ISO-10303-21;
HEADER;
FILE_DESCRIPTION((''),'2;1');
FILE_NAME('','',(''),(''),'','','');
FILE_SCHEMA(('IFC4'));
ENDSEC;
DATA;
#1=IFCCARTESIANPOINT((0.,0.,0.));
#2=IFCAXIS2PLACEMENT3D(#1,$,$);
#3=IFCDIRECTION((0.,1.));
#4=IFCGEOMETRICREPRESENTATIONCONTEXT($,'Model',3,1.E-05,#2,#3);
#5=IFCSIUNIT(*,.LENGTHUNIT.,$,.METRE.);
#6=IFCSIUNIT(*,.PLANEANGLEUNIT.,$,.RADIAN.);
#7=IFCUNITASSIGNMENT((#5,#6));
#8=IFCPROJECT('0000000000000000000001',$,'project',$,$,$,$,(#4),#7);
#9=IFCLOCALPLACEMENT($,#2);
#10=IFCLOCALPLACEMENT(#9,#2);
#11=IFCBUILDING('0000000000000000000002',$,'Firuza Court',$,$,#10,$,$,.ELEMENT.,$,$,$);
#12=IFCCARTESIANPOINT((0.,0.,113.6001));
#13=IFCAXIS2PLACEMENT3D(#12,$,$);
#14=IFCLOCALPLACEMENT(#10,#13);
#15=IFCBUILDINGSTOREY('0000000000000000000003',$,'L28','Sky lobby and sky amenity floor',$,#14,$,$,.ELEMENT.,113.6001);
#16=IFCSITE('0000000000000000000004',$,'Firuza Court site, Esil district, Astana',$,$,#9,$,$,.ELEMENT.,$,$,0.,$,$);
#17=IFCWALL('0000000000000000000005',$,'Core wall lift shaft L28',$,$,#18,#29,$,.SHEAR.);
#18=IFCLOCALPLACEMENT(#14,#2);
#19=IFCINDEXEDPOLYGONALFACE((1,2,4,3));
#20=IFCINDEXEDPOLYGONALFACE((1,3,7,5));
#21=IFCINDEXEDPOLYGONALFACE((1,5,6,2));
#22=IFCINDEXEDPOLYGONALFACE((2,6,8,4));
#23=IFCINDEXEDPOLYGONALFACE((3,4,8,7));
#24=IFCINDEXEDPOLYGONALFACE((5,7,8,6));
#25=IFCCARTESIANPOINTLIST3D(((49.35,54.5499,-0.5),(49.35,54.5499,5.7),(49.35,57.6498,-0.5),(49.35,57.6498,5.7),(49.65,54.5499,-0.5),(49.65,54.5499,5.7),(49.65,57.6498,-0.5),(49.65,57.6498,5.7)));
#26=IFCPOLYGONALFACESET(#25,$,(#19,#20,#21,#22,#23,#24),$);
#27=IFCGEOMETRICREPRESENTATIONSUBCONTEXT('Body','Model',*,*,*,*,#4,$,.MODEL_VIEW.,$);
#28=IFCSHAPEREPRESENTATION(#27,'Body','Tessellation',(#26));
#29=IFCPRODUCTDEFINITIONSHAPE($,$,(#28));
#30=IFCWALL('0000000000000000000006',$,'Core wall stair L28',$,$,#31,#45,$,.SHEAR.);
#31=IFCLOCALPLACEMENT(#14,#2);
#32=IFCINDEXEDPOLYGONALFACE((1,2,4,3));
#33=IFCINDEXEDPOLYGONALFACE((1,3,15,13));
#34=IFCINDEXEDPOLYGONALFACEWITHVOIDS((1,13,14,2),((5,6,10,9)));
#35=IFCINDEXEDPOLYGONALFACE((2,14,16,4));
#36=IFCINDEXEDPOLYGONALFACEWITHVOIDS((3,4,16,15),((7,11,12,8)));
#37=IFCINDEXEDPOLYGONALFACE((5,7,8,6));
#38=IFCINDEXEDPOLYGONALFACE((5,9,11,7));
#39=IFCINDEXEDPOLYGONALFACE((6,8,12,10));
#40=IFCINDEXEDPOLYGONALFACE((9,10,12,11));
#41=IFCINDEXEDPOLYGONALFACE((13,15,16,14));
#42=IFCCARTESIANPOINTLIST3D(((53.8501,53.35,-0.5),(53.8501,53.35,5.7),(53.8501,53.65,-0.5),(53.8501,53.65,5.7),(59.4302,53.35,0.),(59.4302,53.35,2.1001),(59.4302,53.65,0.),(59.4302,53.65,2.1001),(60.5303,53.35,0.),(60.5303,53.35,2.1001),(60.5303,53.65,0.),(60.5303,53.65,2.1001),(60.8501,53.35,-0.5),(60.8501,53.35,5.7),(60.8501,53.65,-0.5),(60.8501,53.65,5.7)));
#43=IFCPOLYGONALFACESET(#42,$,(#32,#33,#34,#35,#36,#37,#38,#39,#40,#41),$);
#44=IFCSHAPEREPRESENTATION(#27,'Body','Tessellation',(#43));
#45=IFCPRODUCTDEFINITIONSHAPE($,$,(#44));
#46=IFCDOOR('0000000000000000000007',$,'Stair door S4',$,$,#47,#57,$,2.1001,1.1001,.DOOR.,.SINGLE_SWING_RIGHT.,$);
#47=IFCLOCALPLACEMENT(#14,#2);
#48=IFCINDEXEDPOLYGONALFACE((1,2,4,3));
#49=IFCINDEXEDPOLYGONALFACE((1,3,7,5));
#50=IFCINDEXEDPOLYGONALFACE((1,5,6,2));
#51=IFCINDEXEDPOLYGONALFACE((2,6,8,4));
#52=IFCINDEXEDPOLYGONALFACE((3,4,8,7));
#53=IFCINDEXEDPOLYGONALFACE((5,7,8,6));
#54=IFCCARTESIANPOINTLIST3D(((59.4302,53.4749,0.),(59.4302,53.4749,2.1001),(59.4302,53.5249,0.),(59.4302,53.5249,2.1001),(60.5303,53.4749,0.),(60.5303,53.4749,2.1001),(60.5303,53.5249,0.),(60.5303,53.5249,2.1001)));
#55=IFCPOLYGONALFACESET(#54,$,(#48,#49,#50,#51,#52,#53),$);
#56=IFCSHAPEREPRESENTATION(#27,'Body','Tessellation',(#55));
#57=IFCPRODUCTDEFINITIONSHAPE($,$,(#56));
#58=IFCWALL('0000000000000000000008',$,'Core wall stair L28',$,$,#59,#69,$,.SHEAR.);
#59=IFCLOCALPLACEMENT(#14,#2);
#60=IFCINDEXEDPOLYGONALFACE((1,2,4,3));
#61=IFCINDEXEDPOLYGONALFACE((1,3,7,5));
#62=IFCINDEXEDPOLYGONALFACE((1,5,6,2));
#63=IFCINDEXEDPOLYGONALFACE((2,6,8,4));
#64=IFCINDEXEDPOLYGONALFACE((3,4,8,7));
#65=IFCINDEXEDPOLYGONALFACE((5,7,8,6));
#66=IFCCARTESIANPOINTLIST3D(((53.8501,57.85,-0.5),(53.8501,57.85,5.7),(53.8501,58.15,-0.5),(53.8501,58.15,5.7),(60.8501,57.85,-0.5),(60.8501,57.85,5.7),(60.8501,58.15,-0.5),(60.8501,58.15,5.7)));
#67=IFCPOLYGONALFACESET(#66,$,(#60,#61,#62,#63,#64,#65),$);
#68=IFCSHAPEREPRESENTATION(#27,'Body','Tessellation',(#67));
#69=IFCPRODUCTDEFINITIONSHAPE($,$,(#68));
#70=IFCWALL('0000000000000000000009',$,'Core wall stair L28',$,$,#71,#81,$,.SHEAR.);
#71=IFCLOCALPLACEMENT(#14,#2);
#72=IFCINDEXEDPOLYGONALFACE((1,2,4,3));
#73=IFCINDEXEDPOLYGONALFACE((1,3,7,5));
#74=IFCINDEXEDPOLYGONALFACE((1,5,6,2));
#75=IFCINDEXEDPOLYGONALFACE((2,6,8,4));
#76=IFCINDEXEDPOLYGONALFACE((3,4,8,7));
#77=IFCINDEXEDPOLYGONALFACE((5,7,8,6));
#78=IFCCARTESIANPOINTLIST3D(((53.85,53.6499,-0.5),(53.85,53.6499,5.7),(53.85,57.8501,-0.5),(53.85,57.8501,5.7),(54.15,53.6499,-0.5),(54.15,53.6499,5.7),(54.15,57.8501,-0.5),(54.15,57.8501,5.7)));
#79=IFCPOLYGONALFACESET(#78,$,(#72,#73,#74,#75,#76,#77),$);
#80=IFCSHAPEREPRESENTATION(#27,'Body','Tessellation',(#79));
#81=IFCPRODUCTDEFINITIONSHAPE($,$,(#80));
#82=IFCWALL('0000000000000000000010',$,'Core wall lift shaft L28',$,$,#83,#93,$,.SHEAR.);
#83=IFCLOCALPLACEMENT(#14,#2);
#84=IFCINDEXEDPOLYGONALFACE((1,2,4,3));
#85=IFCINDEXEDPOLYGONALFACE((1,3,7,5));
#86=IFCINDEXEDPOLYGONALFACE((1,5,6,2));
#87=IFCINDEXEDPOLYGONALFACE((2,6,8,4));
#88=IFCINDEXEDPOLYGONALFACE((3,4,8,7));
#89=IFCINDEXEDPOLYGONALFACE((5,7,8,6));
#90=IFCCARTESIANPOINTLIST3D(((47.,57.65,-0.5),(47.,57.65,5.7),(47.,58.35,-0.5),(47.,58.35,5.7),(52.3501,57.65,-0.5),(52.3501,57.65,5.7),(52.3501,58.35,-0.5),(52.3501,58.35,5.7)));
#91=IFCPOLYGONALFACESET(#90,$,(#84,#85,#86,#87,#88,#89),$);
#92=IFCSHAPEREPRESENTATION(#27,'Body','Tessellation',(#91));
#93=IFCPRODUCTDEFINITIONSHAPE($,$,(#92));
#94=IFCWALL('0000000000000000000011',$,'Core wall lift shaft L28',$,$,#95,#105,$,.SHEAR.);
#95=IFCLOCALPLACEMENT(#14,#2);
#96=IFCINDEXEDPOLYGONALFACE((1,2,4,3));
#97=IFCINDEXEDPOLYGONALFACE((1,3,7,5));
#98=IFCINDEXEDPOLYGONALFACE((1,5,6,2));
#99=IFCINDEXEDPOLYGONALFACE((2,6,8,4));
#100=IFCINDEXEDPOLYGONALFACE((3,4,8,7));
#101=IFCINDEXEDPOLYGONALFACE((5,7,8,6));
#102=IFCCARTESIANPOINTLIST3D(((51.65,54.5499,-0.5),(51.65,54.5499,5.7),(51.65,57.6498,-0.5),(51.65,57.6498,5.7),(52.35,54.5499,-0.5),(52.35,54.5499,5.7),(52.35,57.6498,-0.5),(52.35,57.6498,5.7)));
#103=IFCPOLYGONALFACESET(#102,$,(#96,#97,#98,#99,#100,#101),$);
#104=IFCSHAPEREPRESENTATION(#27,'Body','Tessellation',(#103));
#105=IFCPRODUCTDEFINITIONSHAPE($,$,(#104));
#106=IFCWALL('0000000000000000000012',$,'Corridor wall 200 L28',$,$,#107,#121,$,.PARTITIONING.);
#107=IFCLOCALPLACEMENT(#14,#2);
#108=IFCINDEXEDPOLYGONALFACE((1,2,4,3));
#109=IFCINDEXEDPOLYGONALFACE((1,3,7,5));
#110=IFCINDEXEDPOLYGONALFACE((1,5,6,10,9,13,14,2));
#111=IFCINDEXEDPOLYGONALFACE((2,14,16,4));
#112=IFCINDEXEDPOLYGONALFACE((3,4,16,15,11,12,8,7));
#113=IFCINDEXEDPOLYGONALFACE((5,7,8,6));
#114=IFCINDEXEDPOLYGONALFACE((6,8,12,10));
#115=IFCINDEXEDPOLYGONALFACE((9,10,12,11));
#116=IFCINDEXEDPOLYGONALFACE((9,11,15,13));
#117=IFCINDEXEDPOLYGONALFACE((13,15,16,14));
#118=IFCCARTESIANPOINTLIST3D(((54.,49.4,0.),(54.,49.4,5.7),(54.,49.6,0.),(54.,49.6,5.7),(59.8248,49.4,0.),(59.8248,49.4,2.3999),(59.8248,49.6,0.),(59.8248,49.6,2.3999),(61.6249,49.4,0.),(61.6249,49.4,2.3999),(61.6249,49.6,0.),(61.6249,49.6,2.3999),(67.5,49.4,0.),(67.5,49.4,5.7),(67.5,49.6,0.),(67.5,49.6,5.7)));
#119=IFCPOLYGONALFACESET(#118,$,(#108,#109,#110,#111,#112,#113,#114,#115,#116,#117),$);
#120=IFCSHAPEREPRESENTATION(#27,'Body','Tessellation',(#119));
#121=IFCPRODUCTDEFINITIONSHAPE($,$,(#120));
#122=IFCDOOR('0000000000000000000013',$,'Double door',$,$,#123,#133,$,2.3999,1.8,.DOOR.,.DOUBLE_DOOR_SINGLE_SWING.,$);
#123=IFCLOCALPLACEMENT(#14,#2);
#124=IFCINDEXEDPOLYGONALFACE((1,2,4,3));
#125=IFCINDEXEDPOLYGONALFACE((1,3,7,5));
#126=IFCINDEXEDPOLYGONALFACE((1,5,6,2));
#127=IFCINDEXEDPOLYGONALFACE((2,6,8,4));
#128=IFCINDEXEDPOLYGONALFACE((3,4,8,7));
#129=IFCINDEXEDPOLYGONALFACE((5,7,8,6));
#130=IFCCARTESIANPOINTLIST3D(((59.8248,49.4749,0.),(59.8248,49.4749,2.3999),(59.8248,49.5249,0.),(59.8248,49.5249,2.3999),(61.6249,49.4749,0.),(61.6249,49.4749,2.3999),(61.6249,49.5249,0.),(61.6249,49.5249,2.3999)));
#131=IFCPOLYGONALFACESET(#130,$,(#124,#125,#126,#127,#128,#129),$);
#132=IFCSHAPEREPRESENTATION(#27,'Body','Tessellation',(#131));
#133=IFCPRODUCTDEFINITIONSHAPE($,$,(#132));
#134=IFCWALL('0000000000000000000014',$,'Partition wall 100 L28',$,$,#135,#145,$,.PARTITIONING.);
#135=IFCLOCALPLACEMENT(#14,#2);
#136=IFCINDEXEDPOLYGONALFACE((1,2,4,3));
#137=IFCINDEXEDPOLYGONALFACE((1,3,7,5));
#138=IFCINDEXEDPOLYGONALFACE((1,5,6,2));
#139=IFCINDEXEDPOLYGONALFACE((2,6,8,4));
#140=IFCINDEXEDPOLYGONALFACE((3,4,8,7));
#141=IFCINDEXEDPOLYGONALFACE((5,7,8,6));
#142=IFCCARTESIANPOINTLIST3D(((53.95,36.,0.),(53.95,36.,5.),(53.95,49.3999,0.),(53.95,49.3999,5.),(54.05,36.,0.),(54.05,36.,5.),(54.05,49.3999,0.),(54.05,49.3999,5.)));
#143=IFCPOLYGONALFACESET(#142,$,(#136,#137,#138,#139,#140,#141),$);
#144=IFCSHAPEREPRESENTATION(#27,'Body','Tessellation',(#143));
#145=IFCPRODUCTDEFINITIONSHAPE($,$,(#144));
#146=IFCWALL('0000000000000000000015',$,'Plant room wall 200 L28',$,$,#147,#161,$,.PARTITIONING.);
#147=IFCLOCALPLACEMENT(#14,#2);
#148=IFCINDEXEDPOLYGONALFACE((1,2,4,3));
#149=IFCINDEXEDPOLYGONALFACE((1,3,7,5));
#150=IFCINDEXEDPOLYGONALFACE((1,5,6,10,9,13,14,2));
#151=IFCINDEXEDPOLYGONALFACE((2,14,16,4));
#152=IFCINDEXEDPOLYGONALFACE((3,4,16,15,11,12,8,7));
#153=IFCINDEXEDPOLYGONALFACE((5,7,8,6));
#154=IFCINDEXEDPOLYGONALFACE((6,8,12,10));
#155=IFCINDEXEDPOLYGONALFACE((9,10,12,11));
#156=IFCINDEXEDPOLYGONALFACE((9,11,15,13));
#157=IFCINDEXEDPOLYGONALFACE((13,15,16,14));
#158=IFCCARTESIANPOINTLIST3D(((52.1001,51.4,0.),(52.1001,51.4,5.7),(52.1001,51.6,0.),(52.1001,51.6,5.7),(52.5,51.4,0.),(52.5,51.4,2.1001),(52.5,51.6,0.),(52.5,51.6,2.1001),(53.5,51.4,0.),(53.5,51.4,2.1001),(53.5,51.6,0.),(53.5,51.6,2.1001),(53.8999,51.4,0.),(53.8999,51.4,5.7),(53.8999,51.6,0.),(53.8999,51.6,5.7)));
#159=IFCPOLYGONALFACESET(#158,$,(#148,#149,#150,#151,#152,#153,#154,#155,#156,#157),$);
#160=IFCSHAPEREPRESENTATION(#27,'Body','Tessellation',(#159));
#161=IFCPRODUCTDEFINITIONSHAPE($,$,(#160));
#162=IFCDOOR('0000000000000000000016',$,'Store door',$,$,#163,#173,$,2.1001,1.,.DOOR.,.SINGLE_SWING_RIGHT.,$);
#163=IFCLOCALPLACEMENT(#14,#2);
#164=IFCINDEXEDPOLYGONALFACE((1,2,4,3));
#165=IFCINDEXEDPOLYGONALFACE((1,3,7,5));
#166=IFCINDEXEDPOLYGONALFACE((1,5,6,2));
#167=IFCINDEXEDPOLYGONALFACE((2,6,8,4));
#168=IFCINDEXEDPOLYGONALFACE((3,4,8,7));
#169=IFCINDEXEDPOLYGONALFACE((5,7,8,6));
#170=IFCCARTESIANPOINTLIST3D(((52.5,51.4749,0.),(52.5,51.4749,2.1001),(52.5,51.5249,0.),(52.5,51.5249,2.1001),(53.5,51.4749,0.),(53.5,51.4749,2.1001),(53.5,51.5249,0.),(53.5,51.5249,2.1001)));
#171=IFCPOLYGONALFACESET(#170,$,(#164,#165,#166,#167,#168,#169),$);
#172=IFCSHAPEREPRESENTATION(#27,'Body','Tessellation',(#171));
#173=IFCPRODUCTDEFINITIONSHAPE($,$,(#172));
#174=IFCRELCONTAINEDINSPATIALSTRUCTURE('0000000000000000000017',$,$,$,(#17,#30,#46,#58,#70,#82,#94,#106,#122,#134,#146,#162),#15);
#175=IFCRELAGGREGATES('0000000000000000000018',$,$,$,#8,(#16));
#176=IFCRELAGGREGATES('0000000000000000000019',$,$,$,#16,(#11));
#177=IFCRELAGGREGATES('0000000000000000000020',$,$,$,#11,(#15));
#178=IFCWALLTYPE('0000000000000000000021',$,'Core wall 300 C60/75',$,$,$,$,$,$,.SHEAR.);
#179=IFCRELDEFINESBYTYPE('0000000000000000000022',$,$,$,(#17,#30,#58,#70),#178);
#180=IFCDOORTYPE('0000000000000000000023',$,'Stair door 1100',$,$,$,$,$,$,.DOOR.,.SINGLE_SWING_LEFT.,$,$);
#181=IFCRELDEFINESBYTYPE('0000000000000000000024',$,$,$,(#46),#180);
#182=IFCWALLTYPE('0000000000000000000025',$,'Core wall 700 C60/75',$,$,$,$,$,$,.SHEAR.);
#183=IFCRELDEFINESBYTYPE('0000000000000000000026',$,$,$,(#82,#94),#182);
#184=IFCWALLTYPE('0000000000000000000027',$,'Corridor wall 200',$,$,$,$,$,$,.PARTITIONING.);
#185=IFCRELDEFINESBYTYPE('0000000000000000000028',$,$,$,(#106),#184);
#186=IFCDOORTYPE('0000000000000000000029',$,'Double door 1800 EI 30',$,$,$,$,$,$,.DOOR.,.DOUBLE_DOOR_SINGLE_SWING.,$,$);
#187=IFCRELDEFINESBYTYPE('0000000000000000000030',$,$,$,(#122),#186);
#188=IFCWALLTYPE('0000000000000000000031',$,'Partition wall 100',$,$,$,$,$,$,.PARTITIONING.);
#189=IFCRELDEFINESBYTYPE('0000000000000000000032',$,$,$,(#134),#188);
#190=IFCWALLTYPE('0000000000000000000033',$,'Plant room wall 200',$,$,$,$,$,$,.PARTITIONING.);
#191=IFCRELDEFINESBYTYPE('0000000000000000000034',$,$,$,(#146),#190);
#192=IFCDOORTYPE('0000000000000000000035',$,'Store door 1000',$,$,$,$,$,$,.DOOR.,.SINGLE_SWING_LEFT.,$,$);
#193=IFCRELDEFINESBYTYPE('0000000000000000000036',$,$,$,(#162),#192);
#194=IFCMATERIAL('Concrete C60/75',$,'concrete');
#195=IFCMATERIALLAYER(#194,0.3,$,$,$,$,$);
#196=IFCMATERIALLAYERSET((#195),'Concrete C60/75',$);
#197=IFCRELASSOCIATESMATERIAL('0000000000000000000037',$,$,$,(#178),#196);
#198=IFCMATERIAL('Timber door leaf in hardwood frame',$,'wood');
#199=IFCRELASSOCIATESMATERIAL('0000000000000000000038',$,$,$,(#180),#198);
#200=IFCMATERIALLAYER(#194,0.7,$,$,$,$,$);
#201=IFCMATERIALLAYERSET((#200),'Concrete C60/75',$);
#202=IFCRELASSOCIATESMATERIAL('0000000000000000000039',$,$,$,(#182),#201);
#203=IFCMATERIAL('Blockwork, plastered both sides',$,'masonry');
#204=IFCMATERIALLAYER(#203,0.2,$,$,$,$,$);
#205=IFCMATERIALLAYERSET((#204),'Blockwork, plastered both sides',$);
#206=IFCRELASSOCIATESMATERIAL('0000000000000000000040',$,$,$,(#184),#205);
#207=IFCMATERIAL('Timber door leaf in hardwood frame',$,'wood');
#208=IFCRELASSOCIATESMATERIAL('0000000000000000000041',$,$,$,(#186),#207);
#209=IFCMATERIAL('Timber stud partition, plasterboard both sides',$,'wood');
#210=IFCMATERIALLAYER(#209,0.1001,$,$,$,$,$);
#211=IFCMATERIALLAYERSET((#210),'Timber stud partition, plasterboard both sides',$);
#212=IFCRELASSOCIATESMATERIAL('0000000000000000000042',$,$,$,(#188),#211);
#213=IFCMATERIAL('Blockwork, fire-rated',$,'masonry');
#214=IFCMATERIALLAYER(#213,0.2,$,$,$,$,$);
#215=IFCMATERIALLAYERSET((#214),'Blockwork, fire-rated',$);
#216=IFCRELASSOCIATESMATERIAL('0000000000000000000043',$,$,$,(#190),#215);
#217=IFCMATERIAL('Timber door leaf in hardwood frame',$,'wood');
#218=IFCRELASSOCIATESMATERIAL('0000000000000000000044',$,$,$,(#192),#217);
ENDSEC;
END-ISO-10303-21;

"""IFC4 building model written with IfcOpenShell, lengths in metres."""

from ifc_helpers import new_model, si_unit, direction, frame, frame_2d, origin, place, context, subcontext, project, spatial, rectangle, extrude, material, layer, layer_set, type_object, element, fill, save


model = new_model("IFC4")

# Units and contexts
model_context = context("Model", 3, precision=1e-05, world=origin(), true_north=direction((0.0, 1.0)))
body_context = subcontext(model_context, "Body", "Model", "MODEL_VIEW")
ifc_project = project(units=[si_unit("LENGTHUNIT", "METRE"), si_unit("PLANEANGLEUNIT", "RADIAN")], contexts=[model_context])

# Site, building, storey
site_placement = place(None, origin())
site = spatial("IfcSite", under=ifc_project, at=site_placement, Name="Firuza Court site, Esil district, Astana", CompositionType="ELEMENT", RefElevation=0.0)
building_placement = place(site_placement, origin())
building = spatial("IfcBuilding", under=site, at=building_placement, Name="Firuza Court", CompositionType="ELEMENT")
storey_placement = place(building_placement, frame((0.0, 0.0, 113.6001)))
storey = spatial("IfcBuildingStorey", under=building, at=storey_placement, Name="L28", Description="Sky lobby and sky amenity floor", CompositionType="ELEMENT", Elevation=113.6001)

# Wall
ifc_material_1 = material(Name="Concrete C60/75", Category="concrete")
ifc_layer_1 = layer(ifc_material_1, 0.3)
ifc_layer_set_1 = layer_set([ifc_layer_1], Name="Concrete C60/75")
wall_type_1 = type_object("IfcWallType", Name="Core wall 300 C60/75", PredefinedType="SHEAR", material=ifc_layer_set_1)
wall_1_placement = place(storey_placement, frame((49.5, 54.55, -0.5), z_axis=(0.0, 0.0, 1.0), x_axis=(0.0, 1.0, 0.0)))
element("IfcWall", 1, at=wall_1_placement, inside=storey, type_object=wall_type_1, Name="Core wall lift shaft L28", PredefinedType="SHEAR", context=body_context, shape_type="SweptSolid", body=[
    extrude(rectangle(XDim=3.0999, YDim=0.3, at=frame_2d((1.5498, 0.0))), origin(), (0.0, 0.0, 1.0), 6.2),
])

# Wall, opening, door
wall_2_placement = place(storey_placement, frame((53.8501, 53.5, -0.5), z_axis=(0.0, 0.0, 1.0), x_axis=(1.0, 0.0, 0.0)))
wall_2 = element("IfcWall", 2, at=wall_2_placement, inside=storey, type_object=wall_type_1, Name="Core wall stair L28", PredefinedType="SHEAR", context=body_context, shape_type="SweptSolid", body=[
    extrude(rectangle(XDim=7.0, YDim=0.3, at=frame_2d((3.5, 0.0))), origin(), (0.0, 0.0, 1.0), 6.2),
])
opening_1_placement = place(wall_2_placement, frame((5.5801, 0.0, 0.5)))
opening_1 = element("IfcOpeningElement", 3, at=opening_1_placement, cuts=wall_2, PredefinedType="OPENING", context=body_context, shape_type="SweptSolid", body=[
    extrude(rectangle(XDim=1.1001, YDim=2.1001, at=frame_2d((0.55, 1.05))), frame((0.0, 0.1621, 0.0), z_axis=(0.0, -1.0, 0.0), x_axis=(1.0, 0.0, 0.0)), (0.0, 0.0, 1.0), 0.324),
])
ifc_material_2 = material(Name="Timber door leaf in hardwood frame", Category="wood")
door_type_1 = type_object("IfcDoorType", Name="Stair door 1100", OperationType="SINGLE_SWING_LEFT", PredefinedType="DOOR", material=ifc_material_2)
door_1_placement = place(opening_1_placement, origin())
door_1 = element("IfcDoor", 4, at=door_1_placement, inside=storey, type_object=door_type_1, Name="Stair door S4", OperationType="SINGLE_SWING_RIGHT", OverallHeight=2.1001, OverallWidth=1.1001, PredefinedType="DOOR", context=body_context, shape_type="SweptSolid", body=[
    extrude(rectangle(XDim=1.1001, YDim=2.1001, at=frame_2d((0.55, 1.05))), frame((0.0, 0.0249, 0.0), z_axis=(0.0, -1.0, 0.0), x_axis=(1.0, 0.0, 0.0)), (0.0, 0.0, 1.0), 0.05),
])
fill(opening_1, door_1)

# Walls
wall_3_placement = place(storey_placement, frame((53.8501, 58.0, -0.5), z_axis=(0.0, 0.0, 1.0), x_axis=(1.0, 0.0, 0.0)))
element("IfcWall", 5, at=wall_3_placement, inside=storey, type_object=wall_type_1, Name="Core wall stair L28", PredefinedType="SHEAR", context=body_context, shape_type="SweptSolid", body=[
    extrude(rectangle(XDim=7.0, YDim=0.3, at=frame_2d((3.5, 0.0))), origin(), (0.0, 0.0, 1.0), 6.2),
])
wall_4_placement = place(storey_placement, frame((54.0, 53.6499, -0.5), z_axis=(0.0, 0.0, 1.0), x_axis=(0.0, 1.0, 0.0)))
element("IfcWall", 6, at=wall_4_placement, inside=storey, type_object=wall_type_1, Name="Core wall stair L28", PredefinedType="SHEAR", context=body_context, shape_type="SweptSolid", body=[
    extrude(rectangle(XDim=4.2002, YDim=0.3, at=frame_2d((2.1001, 0.0))), origin(), (0.0, 0.0, 1.0), 6.2),
])
ifc_layer_2 = layer(ifc_material_1, 0.7)
ifc_layer_set_2 = layer_set([ifc_layer_2], Name="Concrete C60/75")
wall_type_2 = type_object("IfcWallType", Name="Core wall 700 C60/75", PredefinedType="SHEAR", material=ifc_layer_set_2)
wall_5_placement = place(storey_placement, frame((47.0, 58.0, -0.5), z_axis=(0.0, 0.0, 1.0), x_axis=(1.0, 0.0, 0.0)))
element("IfcWall", 7, at=wall_5_placement, inside=storey, type_object=wall_type_2, Name="Core wall lift shaft L28", PredefinedType="SHEAR", context=body_context, shape_type="SweptSolid", body=[
    extrude(rectangle(XDim=5.3501, YDim=0.7, at=frame_2d((2.675, 0.0))), origin(), (0.0, 0.0, 1.0), 6.2),
])
wall_6_placement = place(storey_placement, frame((52.0, 54.55, -0.5), z_axis=(0.0, 0.0, 1.0), x_axis=(0.0, 1.0, 0.0)))
element("IfcWall", 8, at=wall_6_placement, inside=storey, type_object=wall_type_2, Name="Core wall lift shaft L28", PredefinedType="SHEAR", context=body_context, shape_type="SweptSolid", body=[
    extrude(rectangle(XDim=3.0999, YDim=0.7, at=frame_2d((1.5498, 0.0))), origin(), (0.0, 0.0, 1.0), 6.2),
])

# Wall, opening, door
ifc_material_3 = material(Name="Blockwork, plastered both sides", Category="masonry")
ifc_layer_3 = layer(ifc_material_3, 0.2)
ifc_layer_set_3 = layer_set([ifc_layer_3], Name="Blockwork, plastered both sides")
wall_type_3 = type_object("IfcWallType", Name="Corridor wall 200", PredefinedType="PARTITIONING", material=ifc_layer_set_3)
wall_7_placement = place(storey_placement, frame((54.0, 49.5, 0.0), z_axis=(0.0, 0.0, 1.0), x_axis=(1.0, 0.0, 0.0)))
wall_7 = element("IfcWall", 9, at=wall_7_placement, inside=storey, type_object=wall_type_3, Name="Corridor wall 200 L28", PredefinedType="PARTITIONING", context=body_context, shape_type="SweptSolid", body=[
    extrude(rectangle(XDim=13.5, YDim=0.2, at=frame_2d((6.75, 0.0))), origin(), (0.0, 0.0, 1.0), 5.7),
])
opening_2_placement = place(wall_7_placement, frame((5.825, 0.0, 0.0)))
opening_2 = element("IfcOpeningElement", 10, at=opening_2_placement, cuts=wall_7, PredefinedType="OPENING", context=body_context, shape_type="SweptSolid", body=[
    extrude(rectangle(XDim=1.8, YDim=2.3999, at=frame_2d((0.8999, 1.2))), frame((0.0, 0.1118, 0.0), z_axis=(0.0, -1.0, 0.0), x_axis=(1.0, 0.0, 0.0)), (0.0, 0.0, 1.0), 0.2239),
])
ifc_material_4 = material(Name="Timber door leaf in hardwood frame", Category="wood")
door_type_2 = type_object("IfcDoorType", Name="Double door 1800 EI 30", OperationType="DOUBLE_DOOR_SINGLE_SWING", PredefinedType="DOOR", material=ifc_material_4)
door_2_placement = place(opening_2_placement, origin())
door_2 = element("IfcDoor", 11, at=door_2_placement, inside=storey, type_object=door_type_2, Name="Double door", OperationType="DOUBLE_DOOR_SINGLE_SWING", OverallHeight=2.3999, OverallWidth=1.8, PredefinedType="DOOR", context=body_context, shape_type="SweptSolid", body=[
    extrude(rectangle(XDim=1.8, YDim=2.3999, at=frame_2d((0.8999, 1.2))), frame((0.0, 0.0249, 0.0), z_axis=(0.0, -1.0, 0.0), x_axis=(1.0, 0.0, 0.0)), (0.0, 0.0, 1.0), 0.05),
])
fill(opening_2, door_2)

# Wall
ifc_material_5 = material(Name="Timber stud partition, plasterboard both sides", Category="wood")
ifc_layer_4 = layer(ifc_material_5, 0.1001)
ifc_layer_set_4 = layer_set([ifc_layer_4], Name="Timber stud partition, plasterboard both sides")
wall_type_4 = type_object("IfcWallType", Name="Partition wall 100", PredefinedType="PARTITIONING", material=ifc_layer_set_4)
wall_8_placement = place(storey_placement, frame((54.0, 49.3999, 0.0), z_axis=(0.0, 0.0, 1.0), x_axis=(0.0, -1.0, 0.0)))
element("IfcWall", 12, at=wall_8_placement, inside=storey, type_object=wall_type_4, Name="Partition wall 100 L28", PredefinedType="PARTITIONING", context=body_context, shape_type="SweptSolid", body=[
    extrude(rectangle(XDim=13.3999, YDim=0.1001, at=frame_2d((6.7, 0.0))), origin(), (0.0, 0.0, 1.0), 5.0),
])

# Wall, opening, door
ifc_material_6 = material(Name="Blockwork, fire-rated", Category="masonry")
ifc_layer_5 = layer(ifc_material_6, 0.2)
ifc_layer_set_5 = layer_set([ifc_layer_5], Name="Blockwork, fire-rated")
wall_type_5 = type_object("IfcWallType", Name="Plant room wall 200", PredefinedType="PARTITIONING", material=ifc_layer_set_5)
wall_9_placement = place(storey_placement, frame((53.8999, 51.5, 0.0), z_axis=(0.0, 0.0, 1.0), x_axis=(-1.0, 0.0, 0.0)))
wall_9 = element("IfcWall", 13, at=wall_9_placement, inside=storey, type_object=wall_type_5, Name="Plant room wall 200 L28", PredefinedType="PARTITIONING", context=body_context, shape_type="SweptSolid", body=[
    extrude(rectangle(XDim=1.7998, YDim=0.2, at=frame_2d((0.8999, 0.0))), origin(), (0.0, 0.0, 1.0), 5.7),
])
opening_3_placement = place(wall_9_placement, frame((0.3999, 0.0, 0.0)))
opening_3 = element("IfcOpeningElement", 14, at=opening_3_placement, cuts=wall_9, PredefinedType="OPENING", context=body_context, shape_type="SweptSolid", body=[
    extrude(rectangle(XDim=1.0, YDim=2.1001, at=frame_2d((0.5, 1.05))), frame((0.0, 0.1118, 0.0), z_axis=(0.0, -1.0, 0.0), x_axis=(1.0, 0.0, 0.0)), (0.0, 0.0, 1.0), 0.2239),
])
ifc_material_7 = material(Name="Timber door leaf in hardwood frame", Category="wood")
door_type_3 = type_object("IfcDoorType", Name="Store door 1000", OperationType="SINGLE_SWING_LEFT", PredefinedType="DOOR", material=ifc_material_7)
door_3_placement = place(opening_3_placement, frame((1.0, 0.0, 0.0), z_axis=(0.0, 0.0, 1.0), x_axis=(-1.0, 0.0, 0.0)))
door_3 = element("IfcDoor", 15, at=door_3_placement, inside=storey, type_object=door_type_3, Name="Store door", OperationType="SINGLE_SWING_RIGHT", OverallHeight=2.1001, OverallWidth=1.0, PredefinedType="DOOR", context=body_context, shape_type="SweptSolid", body=[
    extrude(rectangle(XDim=1.0, YDim=2.1001, at=frame_2d((0.5, 1.05))), frame((0.0, 0.0249, 0.0), z_axis=(0.0, -1.0, 0.0), x_axis=(1.0, 0.0, 0.0)), (0.0, 0.0, 1.0), 0.05),
])
fill(opening_3, door_3)

save(model, "model.ifc")
